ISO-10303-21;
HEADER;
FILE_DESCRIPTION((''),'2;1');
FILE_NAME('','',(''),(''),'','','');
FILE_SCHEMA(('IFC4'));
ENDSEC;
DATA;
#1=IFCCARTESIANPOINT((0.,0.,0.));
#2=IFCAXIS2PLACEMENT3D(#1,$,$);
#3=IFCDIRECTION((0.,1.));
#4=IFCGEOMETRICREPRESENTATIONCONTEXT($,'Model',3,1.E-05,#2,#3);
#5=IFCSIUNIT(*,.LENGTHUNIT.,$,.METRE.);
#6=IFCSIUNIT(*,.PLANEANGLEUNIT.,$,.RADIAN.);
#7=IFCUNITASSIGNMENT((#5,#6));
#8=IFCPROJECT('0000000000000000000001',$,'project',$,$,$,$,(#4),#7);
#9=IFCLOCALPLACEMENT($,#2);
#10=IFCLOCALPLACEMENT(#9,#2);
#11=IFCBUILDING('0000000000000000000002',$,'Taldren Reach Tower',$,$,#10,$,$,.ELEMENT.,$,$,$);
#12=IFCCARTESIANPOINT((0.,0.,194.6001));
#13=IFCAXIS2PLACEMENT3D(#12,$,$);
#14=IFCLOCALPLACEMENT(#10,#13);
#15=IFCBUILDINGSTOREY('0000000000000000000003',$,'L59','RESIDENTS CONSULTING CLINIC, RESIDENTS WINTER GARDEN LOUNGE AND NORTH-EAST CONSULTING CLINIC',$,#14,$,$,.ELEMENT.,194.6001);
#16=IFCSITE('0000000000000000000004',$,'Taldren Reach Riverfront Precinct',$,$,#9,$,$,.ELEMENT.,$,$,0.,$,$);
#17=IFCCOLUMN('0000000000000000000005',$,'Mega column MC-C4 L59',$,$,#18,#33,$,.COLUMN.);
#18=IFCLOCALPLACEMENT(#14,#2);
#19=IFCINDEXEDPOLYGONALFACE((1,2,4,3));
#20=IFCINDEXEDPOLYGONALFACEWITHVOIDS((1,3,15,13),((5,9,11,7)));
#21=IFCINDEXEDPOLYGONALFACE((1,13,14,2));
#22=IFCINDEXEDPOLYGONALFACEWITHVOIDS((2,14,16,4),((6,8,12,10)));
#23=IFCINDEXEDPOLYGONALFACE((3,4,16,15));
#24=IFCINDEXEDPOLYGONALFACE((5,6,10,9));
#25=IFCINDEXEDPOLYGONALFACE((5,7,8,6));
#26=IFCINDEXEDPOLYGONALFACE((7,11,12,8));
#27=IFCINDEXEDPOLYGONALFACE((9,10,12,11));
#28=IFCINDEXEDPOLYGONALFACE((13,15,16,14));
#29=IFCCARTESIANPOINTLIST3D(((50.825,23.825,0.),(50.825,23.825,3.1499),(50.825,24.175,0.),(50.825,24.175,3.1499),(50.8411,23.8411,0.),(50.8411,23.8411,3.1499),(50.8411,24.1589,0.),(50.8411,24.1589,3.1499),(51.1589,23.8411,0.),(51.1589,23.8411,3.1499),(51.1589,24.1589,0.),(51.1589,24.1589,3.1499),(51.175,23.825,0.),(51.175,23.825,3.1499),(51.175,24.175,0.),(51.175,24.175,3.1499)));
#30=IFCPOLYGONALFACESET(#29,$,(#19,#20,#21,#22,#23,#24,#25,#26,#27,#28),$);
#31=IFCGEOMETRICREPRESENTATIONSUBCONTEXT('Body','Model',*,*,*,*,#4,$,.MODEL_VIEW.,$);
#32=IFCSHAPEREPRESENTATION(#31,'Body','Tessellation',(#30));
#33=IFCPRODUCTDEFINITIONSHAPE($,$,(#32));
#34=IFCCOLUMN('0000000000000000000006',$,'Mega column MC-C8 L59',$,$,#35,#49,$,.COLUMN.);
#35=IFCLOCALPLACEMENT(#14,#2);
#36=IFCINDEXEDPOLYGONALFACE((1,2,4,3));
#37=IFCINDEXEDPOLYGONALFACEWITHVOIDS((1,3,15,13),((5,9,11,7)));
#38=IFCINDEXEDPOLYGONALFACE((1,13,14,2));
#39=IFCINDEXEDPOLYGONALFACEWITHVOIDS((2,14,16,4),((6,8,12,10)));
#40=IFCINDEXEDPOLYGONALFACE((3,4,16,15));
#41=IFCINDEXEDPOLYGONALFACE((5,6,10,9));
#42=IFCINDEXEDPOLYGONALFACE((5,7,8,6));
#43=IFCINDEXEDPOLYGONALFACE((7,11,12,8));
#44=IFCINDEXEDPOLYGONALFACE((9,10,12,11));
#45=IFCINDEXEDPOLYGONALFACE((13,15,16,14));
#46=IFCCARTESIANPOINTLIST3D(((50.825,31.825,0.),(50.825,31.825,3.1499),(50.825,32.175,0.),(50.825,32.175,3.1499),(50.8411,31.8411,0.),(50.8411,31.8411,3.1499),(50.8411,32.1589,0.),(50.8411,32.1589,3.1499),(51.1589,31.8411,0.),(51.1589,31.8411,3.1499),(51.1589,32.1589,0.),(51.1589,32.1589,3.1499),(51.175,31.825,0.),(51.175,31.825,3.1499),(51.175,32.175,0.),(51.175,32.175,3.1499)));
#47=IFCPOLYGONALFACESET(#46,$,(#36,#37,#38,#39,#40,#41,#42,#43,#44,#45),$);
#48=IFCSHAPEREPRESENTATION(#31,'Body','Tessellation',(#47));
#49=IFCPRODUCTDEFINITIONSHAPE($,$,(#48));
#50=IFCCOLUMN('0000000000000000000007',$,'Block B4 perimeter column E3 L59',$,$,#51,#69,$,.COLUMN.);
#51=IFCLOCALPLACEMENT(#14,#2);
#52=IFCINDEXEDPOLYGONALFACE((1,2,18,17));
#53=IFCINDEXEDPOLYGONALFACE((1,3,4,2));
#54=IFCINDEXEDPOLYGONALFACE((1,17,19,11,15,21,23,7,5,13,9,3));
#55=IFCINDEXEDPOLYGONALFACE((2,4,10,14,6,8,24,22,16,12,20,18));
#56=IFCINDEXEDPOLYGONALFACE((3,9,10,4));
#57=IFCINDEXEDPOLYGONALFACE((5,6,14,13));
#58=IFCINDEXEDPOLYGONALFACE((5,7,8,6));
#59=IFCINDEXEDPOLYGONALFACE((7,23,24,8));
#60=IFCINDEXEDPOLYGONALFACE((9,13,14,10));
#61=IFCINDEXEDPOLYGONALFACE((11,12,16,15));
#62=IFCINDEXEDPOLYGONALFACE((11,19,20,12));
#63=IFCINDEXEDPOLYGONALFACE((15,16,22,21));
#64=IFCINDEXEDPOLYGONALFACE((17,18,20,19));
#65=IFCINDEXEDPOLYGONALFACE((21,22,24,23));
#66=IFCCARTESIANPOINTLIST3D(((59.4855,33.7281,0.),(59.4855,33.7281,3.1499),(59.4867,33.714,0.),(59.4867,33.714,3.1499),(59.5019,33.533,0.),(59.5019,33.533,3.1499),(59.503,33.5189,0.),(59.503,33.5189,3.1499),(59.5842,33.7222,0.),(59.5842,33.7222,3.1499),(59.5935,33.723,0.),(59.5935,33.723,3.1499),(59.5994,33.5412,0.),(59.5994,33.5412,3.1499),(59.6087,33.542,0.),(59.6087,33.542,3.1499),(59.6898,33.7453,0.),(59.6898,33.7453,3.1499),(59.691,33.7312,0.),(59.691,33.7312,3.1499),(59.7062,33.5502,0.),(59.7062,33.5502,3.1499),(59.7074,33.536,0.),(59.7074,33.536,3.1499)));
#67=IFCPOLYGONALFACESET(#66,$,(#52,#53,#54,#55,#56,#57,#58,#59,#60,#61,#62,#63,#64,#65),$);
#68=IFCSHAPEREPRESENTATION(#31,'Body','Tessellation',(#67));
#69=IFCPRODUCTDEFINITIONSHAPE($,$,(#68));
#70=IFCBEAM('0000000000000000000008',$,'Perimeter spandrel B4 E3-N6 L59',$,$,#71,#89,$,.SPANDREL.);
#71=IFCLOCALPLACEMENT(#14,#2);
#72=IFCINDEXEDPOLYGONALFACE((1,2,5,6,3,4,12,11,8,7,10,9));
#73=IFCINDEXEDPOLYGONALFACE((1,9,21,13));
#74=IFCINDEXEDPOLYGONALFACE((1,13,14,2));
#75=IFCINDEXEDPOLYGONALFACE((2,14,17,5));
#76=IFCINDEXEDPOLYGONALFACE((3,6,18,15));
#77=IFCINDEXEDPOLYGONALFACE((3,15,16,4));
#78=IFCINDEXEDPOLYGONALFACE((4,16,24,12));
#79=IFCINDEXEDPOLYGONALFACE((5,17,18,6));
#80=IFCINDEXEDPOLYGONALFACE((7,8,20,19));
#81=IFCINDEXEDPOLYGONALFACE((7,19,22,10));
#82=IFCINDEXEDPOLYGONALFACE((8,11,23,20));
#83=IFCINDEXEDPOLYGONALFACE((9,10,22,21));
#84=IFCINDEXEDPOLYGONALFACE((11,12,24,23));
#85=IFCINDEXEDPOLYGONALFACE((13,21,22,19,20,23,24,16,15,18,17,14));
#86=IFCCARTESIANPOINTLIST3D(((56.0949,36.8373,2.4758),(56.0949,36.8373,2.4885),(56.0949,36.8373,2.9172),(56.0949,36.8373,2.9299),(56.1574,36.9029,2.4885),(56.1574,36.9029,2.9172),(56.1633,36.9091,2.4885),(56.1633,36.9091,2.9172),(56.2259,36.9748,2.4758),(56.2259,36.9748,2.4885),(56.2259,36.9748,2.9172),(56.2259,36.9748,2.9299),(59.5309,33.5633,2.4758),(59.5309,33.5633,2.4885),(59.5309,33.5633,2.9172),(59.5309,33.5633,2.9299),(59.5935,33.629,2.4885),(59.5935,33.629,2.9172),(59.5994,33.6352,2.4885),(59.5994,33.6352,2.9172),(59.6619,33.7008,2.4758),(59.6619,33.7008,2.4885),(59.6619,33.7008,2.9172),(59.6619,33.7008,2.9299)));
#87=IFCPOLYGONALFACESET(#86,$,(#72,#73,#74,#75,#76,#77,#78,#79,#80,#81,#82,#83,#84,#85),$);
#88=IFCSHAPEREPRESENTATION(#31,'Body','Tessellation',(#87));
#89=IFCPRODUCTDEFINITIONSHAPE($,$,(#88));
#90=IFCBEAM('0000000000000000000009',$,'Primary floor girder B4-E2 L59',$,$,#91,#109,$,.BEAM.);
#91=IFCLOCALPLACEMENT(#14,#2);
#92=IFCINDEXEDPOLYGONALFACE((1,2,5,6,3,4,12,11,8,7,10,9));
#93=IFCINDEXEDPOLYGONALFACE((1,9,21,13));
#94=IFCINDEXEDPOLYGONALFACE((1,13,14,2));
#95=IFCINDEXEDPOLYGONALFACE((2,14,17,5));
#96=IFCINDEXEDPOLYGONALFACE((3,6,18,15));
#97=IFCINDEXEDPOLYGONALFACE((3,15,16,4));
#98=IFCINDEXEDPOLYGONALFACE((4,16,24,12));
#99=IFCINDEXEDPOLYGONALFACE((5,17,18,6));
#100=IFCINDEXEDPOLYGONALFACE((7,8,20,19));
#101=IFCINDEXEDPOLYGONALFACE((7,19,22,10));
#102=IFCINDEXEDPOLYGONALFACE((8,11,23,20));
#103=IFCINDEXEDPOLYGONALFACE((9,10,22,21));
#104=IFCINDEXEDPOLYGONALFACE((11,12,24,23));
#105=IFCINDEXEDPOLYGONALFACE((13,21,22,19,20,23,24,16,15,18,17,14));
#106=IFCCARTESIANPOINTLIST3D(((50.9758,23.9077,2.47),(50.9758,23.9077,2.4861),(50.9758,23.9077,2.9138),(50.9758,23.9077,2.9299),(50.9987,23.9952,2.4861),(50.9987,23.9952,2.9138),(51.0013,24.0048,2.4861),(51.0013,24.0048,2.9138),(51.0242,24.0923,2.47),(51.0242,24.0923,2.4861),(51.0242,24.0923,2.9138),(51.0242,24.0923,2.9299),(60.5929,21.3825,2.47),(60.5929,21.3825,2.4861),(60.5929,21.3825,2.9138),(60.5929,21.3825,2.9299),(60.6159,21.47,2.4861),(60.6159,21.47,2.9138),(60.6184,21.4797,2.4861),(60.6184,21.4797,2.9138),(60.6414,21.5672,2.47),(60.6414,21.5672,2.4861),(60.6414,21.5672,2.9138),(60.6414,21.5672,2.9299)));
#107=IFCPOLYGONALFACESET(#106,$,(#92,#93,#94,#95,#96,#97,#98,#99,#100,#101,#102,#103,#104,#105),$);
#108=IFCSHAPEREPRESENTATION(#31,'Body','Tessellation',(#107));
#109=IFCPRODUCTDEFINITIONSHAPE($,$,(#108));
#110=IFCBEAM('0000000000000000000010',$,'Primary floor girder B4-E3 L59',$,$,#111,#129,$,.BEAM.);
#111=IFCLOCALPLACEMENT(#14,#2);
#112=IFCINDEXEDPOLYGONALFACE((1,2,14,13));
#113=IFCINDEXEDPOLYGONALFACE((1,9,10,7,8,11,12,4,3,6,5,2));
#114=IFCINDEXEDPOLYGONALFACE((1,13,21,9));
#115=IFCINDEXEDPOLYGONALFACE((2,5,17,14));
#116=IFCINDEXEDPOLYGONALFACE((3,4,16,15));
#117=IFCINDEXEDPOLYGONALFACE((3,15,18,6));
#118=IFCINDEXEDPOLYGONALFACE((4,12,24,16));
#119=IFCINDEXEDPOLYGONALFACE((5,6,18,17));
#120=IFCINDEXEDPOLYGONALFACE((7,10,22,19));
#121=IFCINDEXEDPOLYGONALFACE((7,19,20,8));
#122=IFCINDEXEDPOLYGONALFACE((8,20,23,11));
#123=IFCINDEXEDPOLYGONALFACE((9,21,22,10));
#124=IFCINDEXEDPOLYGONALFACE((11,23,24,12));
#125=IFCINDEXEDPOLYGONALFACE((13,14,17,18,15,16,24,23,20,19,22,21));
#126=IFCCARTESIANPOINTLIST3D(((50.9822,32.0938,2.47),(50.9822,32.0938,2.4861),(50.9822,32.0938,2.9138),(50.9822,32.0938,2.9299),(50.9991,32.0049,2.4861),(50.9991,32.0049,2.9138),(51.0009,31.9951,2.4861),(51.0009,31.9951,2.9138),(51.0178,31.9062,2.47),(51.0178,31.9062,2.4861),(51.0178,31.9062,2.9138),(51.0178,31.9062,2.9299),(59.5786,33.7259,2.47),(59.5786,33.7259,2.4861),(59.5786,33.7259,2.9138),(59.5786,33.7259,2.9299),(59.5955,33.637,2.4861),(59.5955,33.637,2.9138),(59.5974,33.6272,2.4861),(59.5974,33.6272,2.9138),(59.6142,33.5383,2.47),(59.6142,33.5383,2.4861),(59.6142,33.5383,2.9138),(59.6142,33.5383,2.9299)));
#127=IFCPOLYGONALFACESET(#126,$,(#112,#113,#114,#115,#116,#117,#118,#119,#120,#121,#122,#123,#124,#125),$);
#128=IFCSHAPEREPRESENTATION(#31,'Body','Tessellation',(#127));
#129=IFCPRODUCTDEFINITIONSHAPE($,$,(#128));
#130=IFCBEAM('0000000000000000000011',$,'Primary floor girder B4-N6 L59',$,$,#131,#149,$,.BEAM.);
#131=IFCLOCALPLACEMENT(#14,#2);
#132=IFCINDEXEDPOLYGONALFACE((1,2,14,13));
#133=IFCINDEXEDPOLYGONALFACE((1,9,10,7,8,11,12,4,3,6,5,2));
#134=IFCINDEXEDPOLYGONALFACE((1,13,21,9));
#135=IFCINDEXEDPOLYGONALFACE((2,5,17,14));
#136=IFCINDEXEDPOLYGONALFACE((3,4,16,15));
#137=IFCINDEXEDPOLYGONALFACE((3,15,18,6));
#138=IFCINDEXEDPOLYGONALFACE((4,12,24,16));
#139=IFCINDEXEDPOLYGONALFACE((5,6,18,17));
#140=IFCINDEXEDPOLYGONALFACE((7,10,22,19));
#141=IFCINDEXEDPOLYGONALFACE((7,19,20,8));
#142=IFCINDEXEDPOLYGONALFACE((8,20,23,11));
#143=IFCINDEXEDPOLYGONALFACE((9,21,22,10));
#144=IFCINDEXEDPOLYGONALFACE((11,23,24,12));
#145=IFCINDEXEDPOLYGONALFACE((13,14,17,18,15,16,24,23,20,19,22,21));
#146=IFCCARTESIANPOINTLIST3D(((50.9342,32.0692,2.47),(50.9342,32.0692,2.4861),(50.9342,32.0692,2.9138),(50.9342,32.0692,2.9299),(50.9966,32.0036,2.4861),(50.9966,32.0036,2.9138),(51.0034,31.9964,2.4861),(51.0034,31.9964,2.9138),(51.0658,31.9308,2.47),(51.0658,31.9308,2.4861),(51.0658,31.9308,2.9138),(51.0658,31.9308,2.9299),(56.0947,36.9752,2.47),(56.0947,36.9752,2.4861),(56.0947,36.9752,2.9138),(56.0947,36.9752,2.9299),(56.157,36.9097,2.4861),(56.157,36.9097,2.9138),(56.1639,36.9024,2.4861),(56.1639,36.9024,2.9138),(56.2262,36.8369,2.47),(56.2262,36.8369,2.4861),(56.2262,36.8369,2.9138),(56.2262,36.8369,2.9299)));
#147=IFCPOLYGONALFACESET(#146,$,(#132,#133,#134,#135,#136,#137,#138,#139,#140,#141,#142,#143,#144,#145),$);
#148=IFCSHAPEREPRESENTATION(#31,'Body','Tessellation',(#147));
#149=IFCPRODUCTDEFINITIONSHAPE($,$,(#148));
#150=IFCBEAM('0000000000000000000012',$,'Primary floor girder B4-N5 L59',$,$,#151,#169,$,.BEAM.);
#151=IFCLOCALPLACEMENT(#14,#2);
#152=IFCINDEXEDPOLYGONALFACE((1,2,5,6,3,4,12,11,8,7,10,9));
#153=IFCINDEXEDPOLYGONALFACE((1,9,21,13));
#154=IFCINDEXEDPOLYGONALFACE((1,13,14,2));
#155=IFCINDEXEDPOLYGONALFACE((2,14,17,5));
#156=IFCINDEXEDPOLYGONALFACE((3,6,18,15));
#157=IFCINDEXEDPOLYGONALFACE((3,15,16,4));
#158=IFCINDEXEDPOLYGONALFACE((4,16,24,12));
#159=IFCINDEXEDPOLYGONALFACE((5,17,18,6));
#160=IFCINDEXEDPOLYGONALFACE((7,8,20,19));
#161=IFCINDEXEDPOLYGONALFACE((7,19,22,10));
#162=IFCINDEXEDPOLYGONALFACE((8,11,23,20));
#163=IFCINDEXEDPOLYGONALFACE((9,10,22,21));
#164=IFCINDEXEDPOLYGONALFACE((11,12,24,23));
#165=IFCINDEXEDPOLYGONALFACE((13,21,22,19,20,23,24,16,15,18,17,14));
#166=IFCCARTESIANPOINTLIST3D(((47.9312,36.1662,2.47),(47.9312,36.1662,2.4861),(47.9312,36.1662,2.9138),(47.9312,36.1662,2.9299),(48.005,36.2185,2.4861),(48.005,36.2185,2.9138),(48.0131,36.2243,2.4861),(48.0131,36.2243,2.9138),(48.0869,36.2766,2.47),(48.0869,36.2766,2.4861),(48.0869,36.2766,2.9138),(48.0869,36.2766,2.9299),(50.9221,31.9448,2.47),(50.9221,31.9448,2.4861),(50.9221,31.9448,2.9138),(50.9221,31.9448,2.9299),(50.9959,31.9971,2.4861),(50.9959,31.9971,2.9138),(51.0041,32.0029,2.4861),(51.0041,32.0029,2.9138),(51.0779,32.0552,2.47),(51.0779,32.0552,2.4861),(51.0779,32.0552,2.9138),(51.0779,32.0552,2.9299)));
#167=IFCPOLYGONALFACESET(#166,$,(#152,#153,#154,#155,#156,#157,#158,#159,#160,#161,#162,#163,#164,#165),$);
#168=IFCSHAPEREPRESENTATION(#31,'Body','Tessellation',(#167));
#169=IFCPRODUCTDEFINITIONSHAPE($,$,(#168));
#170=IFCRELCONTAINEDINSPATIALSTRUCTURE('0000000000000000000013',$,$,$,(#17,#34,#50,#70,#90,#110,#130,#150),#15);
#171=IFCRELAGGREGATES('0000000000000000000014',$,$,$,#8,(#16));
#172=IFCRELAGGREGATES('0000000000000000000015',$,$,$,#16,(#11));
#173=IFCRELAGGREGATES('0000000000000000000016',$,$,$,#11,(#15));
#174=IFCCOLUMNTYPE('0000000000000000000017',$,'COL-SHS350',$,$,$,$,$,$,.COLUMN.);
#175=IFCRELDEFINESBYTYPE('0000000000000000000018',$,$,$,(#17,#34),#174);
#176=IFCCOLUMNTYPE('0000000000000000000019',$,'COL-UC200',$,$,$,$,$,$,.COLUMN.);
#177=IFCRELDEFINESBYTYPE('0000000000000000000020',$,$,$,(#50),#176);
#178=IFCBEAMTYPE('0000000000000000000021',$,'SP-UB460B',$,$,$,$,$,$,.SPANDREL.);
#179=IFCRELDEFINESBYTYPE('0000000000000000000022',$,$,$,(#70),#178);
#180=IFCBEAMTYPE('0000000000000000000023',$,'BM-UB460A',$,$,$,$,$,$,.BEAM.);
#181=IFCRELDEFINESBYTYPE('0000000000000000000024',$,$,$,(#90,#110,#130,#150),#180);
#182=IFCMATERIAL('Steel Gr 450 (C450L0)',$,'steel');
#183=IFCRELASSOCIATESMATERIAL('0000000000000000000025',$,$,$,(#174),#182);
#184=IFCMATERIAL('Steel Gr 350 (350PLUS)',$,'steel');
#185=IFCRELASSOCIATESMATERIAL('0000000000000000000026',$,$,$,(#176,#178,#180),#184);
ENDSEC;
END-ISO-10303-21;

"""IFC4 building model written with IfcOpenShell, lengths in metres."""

from ifc_helpers import new_model, si_unit, direction, frame, origin, origin_2d, place, context, subcontext, project, spatial, hollow_rectangle, i_section, extrude, source, transform, mapped, material, material_profile, profile_set, type_object, element, save


model = new_model("IFC4")

# Units and contexts
model_context = context("Model", 3, precision=1e-05, world=origin(), true_north=direction((0.0, 1.0)))
body_context = subcontext(model_context, "Body", "Model", "MODEL_VIEW")
ifc_project = project(units=[si_unit("LENGTHUNIT", "METRE"), si_unit("PLANEANGLEUNIT", "RADIAN")], contexts=[model_context])

# Site, building, storey
site_placement = place(None, origin())
site = spatial("IfcSite", under=ifc_project, at=site_placement, Name="Taldren Reach Riverfront Precinct", CompositionType="ELEMENT", RefElevation=0.0)
building_placement = place(site_placement, origin())
building = spatial("IfcBuilding", under=site, at=building_placement, Name="Taldren Reach Tower", CompositionType="ELEMENT")
storey_placement = place(building_placement, frame((0.0, 0.0, 194.6001)))
storey = spatial("IfcBuildingStorey", under=building, at=storey_placement, Name="L59", Description="RESIDENTS CONSULTING CLINIC, RESIDENTS WINTER GARDEN LOUNGE AND NORTH-EAST CONSULTING CLINIC", CompositionType="ELEMENT", Elevation=194.6001)

# Columns
ifc_material_1 = material(Name="Steel Gr 450 (C450L0)", Category="steel")
ifc_material_profile_1 = material_profile(ifc_material_1, hollow_rectangle(XDim=0.3501, YDim=0.3501, WallThickness=0.0161, at=origin_2d()), Name="350x350x16.0SHS")
ifc_profile_set_1 = profile_set([ifc_material_profile_1], Name="Steel Gr 450 (C450L0)")
column_type_1 = type_object("IfcColumnType", Name="COL-SHS350", PredefinedType="COLUMN", material=ifc_profile_set_1)
shared_shape_1 = source(origin(), body_context, "Body", "SweptSolid", [
    extrude(hollow_rectangle(XDim=0.3501, YDim=0.3501, WallThickness=0.0161, at=origin_2d()), origin(), (0.0, 0.0, 1.0), 3.1499),
])
for number, where, z_axis, x_axis, name in (
    (1, (51.0, 24.0, 0.0), (0.0, 0.0, 1.0), (1.0, 0.0, 0.0), "Mega column MC-C4 L59"),
    (2, (51.0, 32.0, 0.0), (0.0, 0.0, 1.0), (1.0, 0.0, 0.0), "Mega column MC-C8 L59"),
):
    element("IfcColumn", number, at=place(storey_placement, frame(where, z_axis=z_axis, x_axis=x_axis)), inside=storey, type_object=column_type_1, Name=name, PredefinedType="COLUMN", context=body_context, shape_type="MappedRepresentation", body=[
        mapped(shared_shape_1, transform((0.0, 0.0, 0.0), scale=1.0)),
    ])
ifc_material_2 = material(Name="Steel Gr 350 (350PLUS)", Category="steel")
ifc_material_profile_2 = material_profile(ifc_material_2, i_section(OverallWidth=0.2051, OverallDepth=0.21, WebThickness=0.0093, FlangeThickness=0.0142, at=origin_2d()), Name="200UC59.5")
ifc_profile_set_2 = profile_set([ifc_material_profile_2], Name="Steel Gr 350 (350PLUS)")
column_type_2 = type_object("IfcColumnType", Name="COL-UC200", PredefinedType="COLUMN", material=ifc_profile_set_2)
shared_shape_2 = source(origin(), body_context, "Body", "SweptSolid", [
    extrude(i_section(OverallWidth=0.2051, OverallDepth=0.21, WebThickness=0.0093, FlangeThickness=0.0142, at=origin_2d()), origin(), (0.0, 0.0, 1.0), 3.1499),
])
column_placement = place(storey_placement, frame((59.5964, 33.6321, 0.0), z_axis=(0.0, 0.0, 1.0), x_axis=(0.996493, 0.083678, 0.0)))
element("IfcColumn", 3, at=column_placement, inside=storey, type_object=column_type_2, Name="Block B4 perimeter column E3 L59", PredefinedType="COLUMN", context=body_context, shape_type="MappedRepresentation", body=[
    mapped(shared_shape_2, transform((0.0, 0.0, 0.0), scale=1.0)),
])

# Beams
ifc_material_profile_3 = material_profile(ifc_material_2, i_section(OverallWidth=0.1899, OverallDepth=0.4541, WebThickness=0.0085, FlangeThickness=0.0127, at=origin_2d()), Name="460UB67.1")
ifc_profile_set_3 = profile_set([ifc_material_profile_3], Name="Steel Gr 350 (350PLUS)")
beam_type_1 = type_object("IfcBeamType", Name="SP-UB460B", PredefinedType="SPANDREL", material=ifc_profile_set_3)
shared_shape_3 = source(origin(), body_context, "Body", "SweptSolid", [
    extrude(i_section(OverallWidth=0.1899, OverallDepth=0.4541, WebThickness=0.0085, FlangeThickness=0.0127, at=origin_2d()), origin(), (0.0, 0.0, 1.0), 4.7461),
])
beam_1_placement = place(storey_placement, frame((59.5964, 33.6321, 2.7029), z_axis=(-0.723979, 0.689822, 0.0), x_axis=(-0.689822, -0.723979, 0.0)))
element("IfcBeam", 4, at=beam_1_placement, inside=storey, type_object=beam_type_1, Name="Perimeter spandrel B4 E3-N6 L59", PredefinedType="SPANDREL", context=body_context, shape_type="MappedRepresentation", body=[
    mapped(shared_shape_3, transform((0.0, 0.0, 0.0), scale=1.0)),
])
ifc_material_profile_4 = material_profile(ifc_material_2, i_section(OverallWidth=0.1909, OverallDepth=0.46, WebThickness=0.01, FlangeThickness=0.0161, at=origin_2d()), Name="460UB82.1")
ifc_profile_set_4 = profile_set([ifc_material_profile_4], Name="Steel Gr 350 (350PLUS)")
beam_type_2 = type_object("IfcBeamType", Name="BM-UB460A", PredefinedType="BEAM", material=ifc_profile_set_4)
shared_shape_4 = source(origin(), body_context, "Body", "SweptSolid", [
    extrude(i_section(OverallWidth=0.1909, OverallDepth=0.46, WebThickness=0.01, FlangeThickness=0.0161, at=origin_2d()), origin(), (0.0, 0.0, 1.0), 9.9431),
])
beam_2_placement = place(storey_placement, frame((51.0, 24.0, 2.7), z_axis=(0.967215, -0.253958, 0.0), x_axis=(0.253958, 0.967215, 0.0)))
element("IfcBeam", 5, at=beam_2_placement, inside=storey, type_object=beam_type_2, Name="Primary floor girder B4-E2 L59", PredefinedType="BEAM", context=body_context, shape_type="MappedRepresentation", body=[
    mapped(shared_shape_4, transform((0.0, 0.0, 0.0), scale=1.0)),
])
shared_shape_5 = source(origin(), body_context, "Body", "SweptSolid", [
    extrude(i_section(OverallWidth=0.1909, OverallDepth=0.46, WebThickness=0.01, FlangeThickness=0.0161, at=origin_2d()), origin(), (0.0, 0.0, 1.0), 8.75),
])
beam_3_placement = place(storey_placement, frame((51.0, 32.0, 2.7), z_axis=(0.98245, 0.186524, 0.0), x_axis=(-0.186524, 0.98245, 0.0)))
element("IfcBeam", 6, at=beam_3_placement, inside=storey, type_object=beam_type_2, Name="Primary floor girder B4-E3 L59", PredefinedType="BEAM", context=body_context, shape_type="MappedRepresentation", body=[
    mapped(shared_shape_5, transform((0.0, 0.0, 0.0), scale=1.0)),
])
shared_shape_6 = source(origin(), body_context, "Body", "SweptSolid", [
    extrude(i_section(OverallWidth=0.1909, OverallDepth=0.46, WebThickness=0.01, FlangeThickness=0.0161, at=origin_2d()), origin(), (0.0, 0.0, 1.0), 7.1204),
])
beam_4_placement = place(storey_placement, frame((51.0, 32.0, 2.7), z_axis=(0.724745, 0.689017, 0.0), x_axis=(-0.689017, 0.724745, 0.0)))
element("IfcBeam", 7, at=beam_4_placement, inside=storey, type_object=beam_type_2, Name="Primary floor girder B4-N6 L59", PredefinedType="BEAM", context=body_context, shape_type="MappedRepresentation", body=[
    mapped(shared_shape_6, transform((0.0, 0.0, 0.0), scale=1.0)),
])
shared_shape_7 = source(origin(), body_context, "Body", "SweptSolid", [
    extrude(i_section(OverallWidth=0.1909, OverallDepth=0.46, WebThickness=0.01, FlangeThickness=0.0161, at=origin_2d()), origin(), (0.0, 0.0, 1.0), 5.1736),
])
beam_5_placement = place(storey_placement, frame((51.0, 32.0, 2.7), z_axis=(-0.578118, 0.815953, 0.0), x_axis=(-0.815953, -0.578118, 0.0)))
element("IfcBeam", 8, at=beam_5_placement, inside=storey, type_object=beam_type_2, Name="Primary floor girder B4-N5 L59", PredefinedType="BEAM", context=body_context, shape_type="MappedRepresentation", body=[
    mapped(shared_shape_7, transform((0.0, 0.0, 0.0), scale=1.0)),
])

save(model, "model.ifc")
